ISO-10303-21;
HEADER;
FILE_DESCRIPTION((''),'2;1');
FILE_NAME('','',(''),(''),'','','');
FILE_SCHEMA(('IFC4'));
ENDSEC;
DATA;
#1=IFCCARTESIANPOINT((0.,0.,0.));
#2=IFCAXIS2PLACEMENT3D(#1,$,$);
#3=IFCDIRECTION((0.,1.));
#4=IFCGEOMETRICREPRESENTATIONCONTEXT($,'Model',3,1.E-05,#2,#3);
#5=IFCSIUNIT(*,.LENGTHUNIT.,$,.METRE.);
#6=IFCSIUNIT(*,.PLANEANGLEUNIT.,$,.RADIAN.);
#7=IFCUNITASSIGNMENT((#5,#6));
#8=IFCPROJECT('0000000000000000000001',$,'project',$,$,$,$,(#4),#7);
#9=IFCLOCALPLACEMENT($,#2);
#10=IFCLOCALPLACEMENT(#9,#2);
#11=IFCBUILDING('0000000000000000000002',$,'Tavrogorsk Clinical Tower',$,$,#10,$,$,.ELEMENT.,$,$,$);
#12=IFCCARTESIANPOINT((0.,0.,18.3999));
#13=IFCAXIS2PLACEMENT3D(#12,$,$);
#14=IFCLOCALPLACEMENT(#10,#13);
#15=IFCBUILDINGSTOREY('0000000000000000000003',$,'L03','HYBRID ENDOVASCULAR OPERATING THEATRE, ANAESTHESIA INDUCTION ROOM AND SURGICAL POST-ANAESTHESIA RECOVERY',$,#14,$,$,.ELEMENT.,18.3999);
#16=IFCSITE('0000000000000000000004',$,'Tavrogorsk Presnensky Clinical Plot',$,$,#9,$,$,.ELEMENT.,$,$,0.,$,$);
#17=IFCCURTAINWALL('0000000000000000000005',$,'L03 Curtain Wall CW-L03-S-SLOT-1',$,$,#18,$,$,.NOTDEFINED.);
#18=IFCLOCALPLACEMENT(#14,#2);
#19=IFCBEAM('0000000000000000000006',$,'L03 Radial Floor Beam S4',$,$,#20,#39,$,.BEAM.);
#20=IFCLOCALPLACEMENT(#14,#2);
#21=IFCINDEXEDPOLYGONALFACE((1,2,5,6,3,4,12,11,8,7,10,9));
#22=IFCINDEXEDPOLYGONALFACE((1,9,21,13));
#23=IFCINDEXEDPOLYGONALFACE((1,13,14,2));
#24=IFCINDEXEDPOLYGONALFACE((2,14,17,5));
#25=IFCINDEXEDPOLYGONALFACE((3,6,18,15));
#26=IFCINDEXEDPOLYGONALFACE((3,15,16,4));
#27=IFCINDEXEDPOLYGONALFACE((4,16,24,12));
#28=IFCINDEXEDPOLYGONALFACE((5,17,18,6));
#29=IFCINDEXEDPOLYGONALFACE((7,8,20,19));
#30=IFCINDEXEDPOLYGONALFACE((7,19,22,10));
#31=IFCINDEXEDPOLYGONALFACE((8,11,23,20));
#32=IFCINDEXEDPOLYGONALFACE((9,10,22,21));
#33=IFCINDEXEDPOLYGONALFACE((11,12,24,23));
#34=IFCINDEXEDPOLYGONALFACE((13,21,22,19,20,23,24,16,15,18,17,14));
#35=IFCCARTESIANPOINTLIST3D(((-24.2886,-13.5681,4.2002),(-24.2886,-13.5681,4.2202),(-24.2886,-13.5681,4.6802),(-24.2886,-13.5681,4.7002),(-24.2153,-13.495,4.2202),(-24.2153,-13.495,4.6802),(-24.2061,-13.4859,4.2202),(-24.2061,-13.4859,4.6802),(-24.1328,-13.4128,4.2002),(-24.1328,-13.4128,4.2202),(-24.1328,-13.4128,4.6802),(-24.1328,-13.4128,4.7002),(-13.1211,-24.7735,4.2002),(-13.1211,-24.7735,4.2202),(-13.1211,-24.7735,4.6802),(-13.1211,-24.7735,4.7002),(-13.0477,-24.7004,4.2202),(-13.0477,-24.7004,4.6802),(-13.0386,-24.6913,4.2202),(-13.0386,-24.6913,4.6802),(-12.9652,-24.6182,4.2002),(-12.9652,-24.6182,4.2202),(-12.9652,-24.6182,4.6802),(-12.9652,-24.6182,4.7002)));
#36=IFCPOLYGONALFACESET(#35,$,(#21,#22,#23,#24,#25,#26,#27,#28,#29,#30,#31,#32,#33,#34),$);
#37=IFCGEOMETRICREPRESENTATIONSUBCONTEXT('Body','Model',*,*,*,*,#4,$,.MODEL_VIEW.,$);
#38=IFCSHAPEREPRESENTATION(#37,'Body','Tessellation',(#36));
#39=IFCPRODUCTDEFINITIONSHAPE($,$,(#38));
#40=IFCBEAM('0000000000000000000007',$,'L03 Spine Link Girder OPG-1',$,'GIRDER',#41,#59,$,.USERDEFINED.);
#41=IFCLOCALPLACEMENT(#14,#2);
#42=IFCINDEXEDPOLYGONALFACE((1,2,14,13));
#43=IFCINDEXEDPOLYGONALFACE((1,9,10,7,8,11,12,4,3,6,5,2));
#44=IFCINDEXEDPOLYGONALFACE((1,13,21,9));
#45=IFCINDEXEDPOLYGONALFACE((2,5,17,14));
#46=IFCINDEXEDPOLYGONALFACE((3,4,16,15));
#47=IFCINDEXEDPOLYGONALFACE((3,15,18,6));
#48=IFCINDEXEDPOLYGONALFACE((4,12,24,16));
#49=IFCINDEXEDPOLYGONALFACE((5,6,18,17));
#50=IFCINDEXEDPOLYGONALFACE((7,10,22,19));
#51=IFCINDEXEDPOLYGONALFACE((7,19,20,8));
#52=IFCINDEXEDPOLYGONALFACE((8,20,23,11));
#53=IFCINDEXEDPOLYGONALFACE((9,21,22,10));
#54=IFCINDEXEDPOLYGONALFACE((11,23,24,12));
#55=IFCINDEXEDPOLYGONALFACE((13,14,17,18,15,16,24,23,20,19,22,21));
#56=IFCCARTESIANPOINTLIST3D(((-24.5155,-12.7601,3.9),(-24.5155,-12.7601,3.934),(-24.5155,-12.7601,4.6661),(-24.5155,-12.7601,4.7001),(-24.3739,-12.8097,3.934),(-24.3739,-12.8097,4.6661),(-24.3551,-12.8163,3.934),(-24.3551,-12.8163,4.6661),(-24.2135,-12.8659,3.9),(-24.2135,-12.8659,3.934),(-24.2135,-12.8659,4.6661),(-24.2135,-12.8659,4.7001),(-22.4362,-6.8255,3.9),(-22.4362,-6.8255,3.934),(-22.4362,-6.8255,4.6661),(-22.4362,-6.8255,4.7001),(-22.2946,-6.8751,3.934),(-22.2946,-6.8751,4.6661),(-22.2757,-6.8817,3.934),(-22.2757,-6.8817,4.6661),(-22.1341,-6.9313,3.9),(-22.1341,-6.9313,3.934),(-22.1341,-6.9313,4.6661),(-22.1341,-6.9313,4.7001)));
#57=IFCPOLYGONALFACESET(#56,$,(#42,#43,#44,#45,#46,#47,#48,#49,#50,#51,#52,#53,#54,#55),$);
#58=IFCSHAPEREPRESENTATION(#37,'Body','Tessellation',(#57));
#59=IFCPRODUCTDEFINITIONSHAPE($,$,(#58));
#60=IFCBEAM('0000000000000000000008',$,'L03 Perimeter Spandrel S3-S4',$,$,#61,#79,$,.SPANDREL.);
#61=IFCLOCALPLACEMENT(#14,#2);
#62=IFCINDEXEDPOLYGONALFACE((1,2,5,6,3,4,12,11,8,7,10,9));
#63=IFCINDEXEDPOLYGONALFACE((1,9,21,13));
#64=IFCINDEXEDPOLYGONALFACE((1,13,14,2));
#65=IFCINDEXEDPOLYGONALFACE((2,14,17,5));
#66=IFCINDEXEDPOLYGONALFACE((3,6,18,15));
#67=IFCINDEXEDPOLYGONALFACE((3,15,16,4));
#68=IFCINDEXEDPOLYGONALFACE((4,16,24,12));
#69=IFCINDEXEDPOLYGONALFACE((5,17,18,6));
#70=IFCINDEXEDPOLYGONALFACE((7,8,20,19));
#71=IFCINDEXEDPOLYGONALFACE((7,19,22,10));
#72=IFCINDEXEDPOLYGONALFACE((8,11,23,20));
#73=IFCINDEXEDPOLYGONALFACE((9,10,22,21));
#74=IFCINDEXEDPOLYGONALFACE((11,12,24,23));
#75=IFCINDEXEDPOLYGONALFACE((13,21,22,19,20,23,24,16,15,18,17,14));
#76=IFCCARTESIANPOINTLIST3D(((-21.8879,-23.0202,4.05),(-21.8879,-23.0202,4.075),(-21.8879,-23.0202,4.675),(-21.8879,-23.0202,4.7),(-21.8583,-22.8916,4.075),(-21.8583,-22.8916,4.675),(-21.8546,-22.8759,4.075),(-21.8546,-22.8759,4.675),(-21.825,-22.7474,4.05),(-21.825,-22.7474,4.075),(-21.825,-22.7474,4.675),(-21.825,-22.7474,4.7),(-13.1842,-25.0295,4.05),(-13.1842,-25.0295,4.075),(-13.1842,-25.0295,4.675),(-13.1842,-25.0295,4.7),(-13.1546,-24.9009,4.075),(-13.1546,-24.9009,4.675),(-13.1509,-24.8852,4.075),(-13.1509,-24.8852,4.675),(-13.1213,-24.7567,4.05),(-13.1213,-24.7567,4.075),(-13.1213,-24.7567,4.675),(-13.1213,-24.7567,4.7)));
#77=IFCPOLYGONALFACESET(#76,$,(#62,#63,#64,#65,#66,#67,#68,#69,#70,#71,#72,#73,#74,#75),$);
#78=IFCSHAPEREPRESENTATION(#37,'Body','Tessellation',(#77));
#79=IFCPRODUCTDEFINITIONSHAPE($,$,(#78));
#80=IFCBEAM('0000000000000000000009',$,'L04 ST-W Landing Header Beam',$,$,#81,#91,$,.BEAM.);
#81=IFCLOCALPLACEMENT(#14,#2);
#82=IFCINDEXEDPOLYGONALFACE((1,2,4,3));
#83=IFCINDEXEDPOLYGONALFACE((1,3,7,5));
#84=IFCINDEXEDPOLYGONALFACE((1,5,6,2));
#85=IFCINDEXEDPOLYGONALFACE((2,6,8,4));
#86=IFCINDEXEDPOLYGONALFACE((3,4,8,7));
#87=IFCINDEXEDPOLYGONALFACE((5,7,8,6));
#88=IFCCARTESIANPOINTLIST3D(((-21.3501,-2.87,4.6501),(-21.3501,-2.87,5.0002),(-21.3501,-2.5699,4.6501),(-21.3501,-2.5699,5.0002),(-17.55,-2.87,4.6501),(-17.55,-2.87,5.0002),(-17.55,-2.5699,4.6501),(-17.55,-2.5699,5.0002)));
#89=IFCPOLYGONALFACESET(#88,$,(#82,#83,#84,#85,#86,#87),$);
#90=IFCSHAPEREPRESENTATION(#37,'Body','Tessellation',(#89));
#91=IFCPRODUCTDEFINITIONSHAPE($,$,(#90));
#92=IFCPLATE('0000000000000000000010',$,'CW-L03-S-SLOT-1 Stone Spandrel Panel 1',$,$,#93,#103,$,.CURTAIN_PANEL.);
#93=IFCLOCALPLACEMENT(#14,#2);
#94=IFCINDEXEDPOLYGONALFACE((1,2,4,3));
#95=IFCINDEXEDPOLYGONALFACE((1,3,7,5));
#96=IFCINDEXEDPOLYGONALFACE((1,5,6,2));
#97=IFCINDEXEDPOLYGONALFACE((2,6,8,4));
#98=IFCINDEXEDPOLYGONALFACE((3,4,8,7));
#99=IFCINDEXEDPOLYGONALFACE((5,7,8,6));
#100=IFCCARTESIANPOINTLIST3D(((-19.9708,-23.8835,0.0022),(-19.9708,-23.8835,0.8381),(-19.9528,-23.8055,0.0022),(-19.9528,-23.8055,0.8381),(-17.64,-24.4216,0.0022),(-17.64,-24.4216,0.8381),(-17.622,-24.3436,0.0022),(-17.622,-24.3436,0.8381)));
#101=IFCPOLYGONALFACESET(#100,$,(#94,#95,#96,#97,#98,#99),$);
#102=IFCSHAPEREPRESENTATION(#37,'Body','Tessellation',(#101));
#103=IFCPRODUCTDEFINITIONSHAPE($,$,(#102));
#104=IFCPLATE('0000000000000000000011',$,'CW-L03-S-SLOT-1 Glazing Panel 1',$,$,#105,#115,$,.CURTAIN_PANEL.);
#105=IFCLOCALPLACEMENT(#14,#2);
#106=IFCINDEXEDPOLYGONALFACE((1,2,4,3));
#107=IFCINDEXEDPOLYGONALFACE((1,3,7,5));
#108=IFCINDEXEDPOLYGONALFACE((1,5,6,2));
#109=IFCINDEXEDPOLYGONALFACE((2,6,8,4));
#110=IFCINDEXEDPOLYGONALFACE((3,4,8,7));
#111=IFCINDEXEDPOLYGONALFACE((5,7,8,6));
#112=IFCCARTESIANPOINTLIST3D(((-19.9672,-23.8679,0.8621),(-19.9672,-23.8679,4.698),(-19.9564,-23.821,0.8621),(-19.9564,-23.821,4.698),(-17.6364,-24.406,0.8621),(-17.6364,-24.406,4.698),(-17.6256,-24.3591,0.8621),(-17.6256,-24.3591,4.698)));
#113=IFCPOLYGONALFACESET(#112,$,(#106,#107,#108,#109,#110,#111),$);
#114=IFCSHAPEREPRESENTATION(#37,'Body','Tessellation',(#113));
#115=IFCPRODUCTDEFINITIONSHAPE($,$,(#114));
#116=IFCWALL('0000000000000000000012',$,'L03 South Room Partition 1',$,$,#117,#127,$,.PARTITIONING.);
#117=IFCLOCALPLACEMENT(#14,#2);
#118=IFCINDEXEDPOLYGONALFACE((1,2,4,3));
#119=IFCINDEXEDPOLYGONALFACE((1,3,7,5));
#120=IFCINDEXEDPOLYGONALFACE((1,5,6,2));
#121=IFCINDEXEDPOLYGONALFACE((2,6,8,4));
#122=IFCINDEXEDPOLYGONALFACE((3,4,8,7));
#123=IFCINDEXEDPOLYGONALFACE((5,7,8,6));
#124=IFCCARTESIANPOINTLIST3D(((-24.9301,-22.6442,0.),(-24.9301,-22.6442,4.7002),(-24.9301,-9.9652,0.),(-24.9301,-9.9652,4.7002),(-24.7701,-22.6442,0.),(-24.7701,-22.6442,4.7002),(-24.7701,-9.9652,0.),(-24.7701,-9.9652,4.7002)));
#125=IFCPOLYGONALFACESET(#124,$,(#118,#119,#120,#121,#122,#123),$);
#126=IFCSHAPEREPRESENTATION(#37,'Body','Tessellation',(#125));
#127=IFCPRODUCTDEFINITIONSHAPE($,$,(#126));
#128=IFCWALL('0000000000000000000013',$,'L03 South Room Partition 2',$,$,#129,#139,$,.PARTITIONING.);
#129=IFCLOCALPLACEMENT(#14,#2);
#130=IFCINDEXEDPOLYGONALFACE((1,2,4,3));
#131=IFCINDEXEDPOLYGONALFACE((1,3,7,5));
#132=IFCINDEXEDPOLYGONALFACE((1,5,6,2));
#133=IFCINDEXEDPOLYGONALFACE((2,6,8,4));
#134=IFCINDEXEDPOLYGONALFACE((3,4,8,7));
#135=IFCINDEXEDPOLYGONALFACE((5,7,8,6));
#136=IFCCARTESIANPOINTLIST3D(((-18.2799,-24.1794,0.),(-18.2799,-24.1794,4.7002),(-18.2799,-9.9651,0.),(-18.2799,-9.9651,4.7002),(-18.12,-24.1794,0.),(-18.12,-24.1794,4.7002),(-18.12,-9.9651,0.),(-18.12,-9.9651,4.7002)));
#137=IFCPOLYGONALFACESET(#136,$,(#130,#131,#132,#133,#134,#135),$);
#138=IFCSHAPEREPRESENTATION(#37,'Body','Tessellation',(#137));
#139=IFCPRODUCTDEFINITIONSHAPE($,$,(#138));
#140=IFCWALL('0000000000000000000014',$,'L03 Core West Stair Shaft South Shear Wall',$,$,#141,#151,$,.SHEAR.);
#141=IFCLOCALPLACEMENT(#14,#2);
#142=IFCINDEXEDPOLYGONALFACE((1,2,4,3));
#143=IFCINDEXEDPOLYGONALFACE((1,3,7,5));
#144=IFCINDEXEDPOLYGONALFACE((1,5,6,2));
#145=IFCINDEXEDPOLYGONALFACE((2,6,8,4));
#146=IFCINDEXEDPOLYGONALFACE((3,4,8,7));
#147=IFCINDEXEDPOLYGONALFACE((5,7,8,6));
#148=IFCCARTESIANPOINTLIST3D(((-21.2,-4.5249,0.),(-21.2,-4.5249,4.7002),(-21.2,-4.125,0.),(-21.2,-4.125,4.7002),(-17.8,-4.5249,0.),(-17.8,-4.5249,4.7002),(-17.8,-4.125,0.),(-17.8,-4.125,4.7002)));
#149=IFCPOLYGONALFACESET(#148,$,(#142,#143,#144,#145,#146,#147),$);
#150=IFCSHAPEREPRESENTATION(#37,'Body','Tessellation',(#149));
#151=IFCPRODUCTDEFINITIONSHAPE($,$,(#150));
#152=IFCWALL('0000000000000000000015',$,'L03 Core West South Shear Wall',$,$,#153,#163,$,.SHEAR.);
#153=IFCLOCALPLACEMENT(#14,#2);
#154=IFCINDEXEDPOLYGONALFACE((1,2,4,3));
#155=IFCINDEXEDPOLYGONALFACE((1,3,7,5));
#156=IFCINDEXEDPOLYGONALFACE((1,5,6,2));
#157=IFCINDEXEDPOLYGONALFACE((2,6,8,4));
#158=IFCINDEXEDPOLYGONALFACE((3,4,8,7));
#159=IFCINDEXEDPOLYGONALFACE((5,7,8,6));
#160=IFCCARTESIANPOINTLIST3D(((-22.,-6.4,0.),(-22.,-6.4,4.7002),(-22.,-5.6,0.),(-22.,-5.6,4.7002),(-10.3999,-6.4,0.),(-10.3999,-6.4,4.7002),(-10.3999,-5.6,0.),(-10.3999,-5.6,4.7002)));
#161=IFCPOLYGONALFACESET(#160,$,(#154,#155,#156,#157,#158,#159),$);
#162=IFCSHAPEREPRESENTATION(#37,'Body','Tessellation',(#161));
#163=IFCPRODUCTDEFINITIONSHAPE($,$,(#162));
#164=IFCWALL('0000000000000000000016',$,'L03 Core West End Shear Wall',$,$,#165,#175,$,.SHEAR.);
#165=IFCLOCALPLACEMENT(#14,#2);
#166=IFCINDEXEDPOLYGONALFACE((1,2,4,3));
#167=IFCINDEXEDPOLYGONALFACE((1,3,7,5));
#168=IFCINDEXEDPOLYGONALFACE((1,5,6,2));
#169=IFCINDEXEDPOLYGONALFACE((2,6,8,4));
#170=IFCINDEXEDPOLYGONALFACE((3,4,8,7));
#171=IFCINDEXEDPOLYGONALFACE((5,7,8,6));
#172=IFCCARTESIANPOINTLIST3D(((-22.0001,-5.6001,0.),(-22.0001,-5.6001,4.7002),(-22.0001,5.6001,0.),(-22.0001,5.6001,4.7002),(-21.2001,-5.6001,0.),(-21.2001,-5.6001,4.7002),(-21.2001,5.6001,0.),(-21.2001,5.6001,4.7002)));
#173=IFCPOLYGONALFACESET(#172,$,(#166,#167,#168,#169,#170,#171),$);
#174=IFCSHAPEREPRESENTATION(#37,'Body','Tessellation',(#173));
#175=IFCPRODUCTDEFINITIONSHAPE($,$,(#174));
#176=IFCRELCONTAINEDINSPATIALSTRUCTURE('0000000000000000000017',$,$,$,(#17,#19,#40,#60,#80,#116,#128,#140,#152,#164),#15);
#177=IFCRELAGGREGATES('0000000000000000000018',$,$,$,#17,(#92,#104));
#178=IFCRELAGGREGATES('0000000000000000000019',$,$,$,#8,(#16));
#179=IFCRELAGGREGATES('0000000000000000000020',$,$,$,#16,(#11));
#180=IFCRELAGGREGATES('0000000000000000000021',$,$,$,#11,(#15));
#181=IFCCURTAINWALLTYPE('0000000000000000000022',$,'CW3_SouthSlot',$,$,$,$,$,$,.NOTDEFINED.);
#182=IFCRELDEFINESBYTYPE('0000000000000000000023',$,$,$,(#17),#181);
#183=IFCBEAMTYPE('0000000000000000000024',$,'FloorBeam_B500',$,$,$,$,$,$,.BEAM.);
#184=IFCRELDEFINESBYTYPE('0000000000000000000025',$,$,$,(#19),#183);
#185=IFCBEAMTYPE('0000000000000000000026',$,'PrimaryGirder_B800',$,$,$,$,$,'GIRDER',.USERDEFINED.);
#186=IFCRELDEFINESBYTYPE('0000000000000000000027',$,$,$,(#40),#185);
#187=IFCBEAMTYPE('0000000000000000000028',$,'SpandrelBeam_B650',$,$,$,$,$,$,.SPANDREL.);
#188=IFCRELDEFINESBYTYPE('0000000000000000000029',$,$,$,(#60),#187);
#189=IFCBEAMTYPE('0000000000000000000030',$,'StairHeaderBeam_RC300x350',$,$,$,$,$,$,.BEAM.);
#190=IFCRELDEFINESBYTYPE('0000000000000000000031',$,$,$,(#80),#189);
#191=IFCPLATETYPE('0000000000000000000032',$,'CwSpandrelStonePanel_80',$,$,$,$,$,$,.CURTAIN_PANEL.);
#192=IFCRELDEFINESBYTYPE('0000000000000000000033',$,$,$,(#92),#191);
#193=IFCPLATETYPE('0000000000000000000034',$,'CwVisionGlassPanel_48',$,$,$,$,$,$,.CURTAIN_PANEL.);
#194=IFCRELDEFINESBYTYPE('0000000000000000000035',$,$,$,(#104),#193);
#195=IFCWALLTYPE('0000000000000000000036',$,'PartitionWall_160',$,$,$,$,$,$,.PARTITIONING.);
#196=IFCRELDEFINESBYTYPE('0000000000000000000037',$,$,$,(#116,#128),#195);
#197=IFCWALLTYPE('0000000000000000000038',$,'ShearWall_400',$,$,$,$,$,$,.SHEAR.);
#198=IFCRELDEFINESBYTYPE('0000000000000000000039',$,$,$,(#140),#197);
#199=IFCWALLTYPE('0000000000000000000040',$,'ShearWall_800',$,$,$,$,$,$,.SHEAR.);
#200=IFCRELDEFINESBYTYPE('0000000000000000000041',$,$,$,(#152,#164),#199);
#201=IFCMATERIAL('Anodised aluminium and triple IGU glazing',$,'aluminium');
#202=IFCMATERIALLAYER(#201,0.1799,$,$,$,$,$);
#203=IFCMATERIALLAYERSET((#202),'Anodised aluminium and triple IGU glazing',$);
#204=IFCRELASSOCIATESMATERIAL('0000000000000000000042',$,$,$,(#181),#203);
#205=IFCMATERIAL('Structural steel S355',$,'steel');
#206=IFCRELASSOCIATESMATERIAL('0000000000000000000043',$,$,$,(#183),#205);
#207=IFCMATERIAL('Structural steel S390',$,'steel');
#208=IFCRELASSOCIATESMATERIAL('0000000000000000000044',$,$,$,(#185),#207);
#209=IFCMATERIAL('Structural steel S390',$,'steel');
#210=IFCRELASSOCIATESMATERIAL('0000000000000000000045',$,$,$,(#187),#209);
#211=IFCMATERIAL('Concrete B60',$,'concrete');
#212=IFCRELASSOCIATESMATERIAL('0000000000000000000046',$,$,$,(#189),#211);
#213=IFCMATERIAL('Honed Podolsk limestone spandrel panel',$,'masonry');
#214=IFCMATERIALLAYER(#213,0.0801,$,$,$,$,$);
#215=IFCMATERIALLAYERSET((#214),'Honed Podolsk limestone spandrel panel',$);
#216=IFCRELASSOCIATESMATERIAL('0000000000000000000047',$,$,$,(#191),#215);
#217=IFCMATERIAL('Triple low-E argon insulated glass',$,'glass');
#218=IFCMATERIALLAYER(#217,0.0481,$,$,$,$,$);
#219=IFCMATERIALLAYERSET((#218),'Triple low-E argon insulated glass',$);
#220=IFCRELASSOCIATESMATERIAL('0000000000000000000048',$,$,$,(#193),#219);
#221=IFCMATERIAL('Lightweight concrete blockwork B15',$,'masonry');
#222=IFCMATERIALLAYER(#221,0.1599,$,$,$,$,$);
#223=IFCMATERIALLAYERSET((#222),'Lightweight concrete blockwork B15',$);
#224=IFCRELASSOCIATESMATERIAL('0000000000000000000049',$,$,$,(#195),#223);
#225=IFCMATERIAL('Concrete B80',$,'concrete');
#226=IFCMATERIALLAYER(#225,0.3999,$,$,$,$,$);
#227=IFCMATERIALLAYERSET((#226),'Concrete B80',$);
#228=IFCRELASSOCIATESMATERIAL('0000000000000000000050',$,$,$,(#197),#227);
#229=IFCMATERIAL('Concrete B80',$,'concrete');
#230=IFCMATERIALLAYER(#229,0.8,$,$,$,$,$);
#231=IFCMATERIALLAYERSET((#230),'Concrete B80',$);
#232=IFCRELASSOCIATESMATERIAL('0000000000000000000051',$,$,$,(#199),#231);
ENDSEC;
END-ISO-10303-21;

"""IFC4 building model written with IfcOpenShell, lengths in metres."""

from ifc_helpers import new_model, si_unit, direction, frame, frame_2d, origin, origin_2d, place, context, subcontext, project, spatial, rectangle, i_section, extrude, material, layer, layer_set, material_profile, profile_set, type_object, element, aggregate, save


model = new_model("IFC4")

# Units and contexts
model_context = context("Model", 3, precision=1e-05, world=origin(), true_north=direction((0.0, 1.0)))
body_context = subcontext(model_context, "Body", "Model", "MODEL_VIEW")
ifc_project = project(units=[si_unit("LENGTHUNIT", "METRE"), si_unit("PLANEANGLEUNIT", "RADIAN")], contexts=[model_context])

# Site, building, storey
site_placement = place(None, origin())
site = spatial("IfcSite", under=ifc_project, at=site_placement, Name="Tavrogorsk Presnensky Clinical Plot", CompositionType="ELEMENT", RefElevation=0.0)
building_placement = place(site_placement, origin())
building = spatial("IfcBuilding", under=site, at=building_placement, Name="Tavrogorsk Clinical Tower", CompositionType="ELEMENT")
storey_placement = place(building_placement, frame((0.0, 0.0, 18.3999)))
storey = spatial("IfcBuildingStorey", under=building, at=storey_placement, Name="L03", Description="HYBRID ENDOVASCULAR OPERATING THEATRE, ANAESTHESIA INDUCTION ROOM AND SURGICAL POST-ANAESTHESIA RECOVERY", CompositionType="ELEMENT", Elevation=18.3999)

# Curtain wall
ifc_material_1 = material(Name="Anodised aluminium and triple IGU glazing", Category="aluminium")
ifc_layer_1 = layer(ifc_material_1, 0.1799)
ifc_layer_set_1 = layer_set([ifc_layer_1], Name="Anodised aluminium and triple IGU glazing")
curtain_wall_type = type_object("IfcCurtainWallType", Name="CW3_SouthSlot", PredefinedType="NOTDEFINED", material=ifc_layer_set_1)
curtain_wall_placement = place(storey_placement, origin())
curtain_wall = element("IfcCurtainWall", 1, at=curtain_wall_placement, inside=storey, type_object=curtain_wall_type, Name="L03 Curtain Wall CW-L03-S-SLOT-1", PredefinedType="NOTDEFINED")

# Beams
ifc_material_2 = material(Name="Structural steel S355", Category="steel")
ifc_material_profile_1 = material_profile(ifc_material_2, i_section(OverallWidth=0.22, OverallDepth=0.5, WebThickness=0.0129, FlangeThickness=0.02, at=origin_2d()), Name="B-500x220x13x20")
ifc_profile_set_1 = profile_set([ifc_material_profile_1], Name="Structural steel S355")
beam_type_1 = type_object("IfcBeamType", Name="FloorBeam_B500", PredefinedType="BEAM", material=ifc_profile_set_1)
beam_1_placement = place(storey_placement, frame((-24.2107, -13.4905, 4.4502), z_axis=(0.70591, -0.708302, 0.0), x_axis=(0.708302, 0.70591, 0.0)))
element("IfcBeam", 2, at=beam_1_placement, inside=storey, type_object=beam_type_1, Name="L03 Radial Floor Beam S4", PredefinedType="BEAM", context=body_context, shape_type="SweptSolid", body=[
    extrude(i_section(OverallWidth=0.22, OverallDepth=0.5, WebThickness=0.0129, FlangeThickness=0.02, at=origin_2d()), origin(), (0.0, 0.0, 1.0), 15.8201),
])
ifc_material_3 = material(Name="Structural steel S390", Category="steel")
ifc_material_profile_2 = material_profile(ifc_material_3, i_section(OverallWidth=0.3201, OverallDepth=0.8, WebThickness=0.02, FlangeThickness=0.0339, at=origin_2d()), Name="B-800x320x20x34")
ifc_profile_set_2 = profile_set([ifc_material_profile_2], Name="Structural steel S390")
beam_type_2 = type_object("IfcBeamType", Name="PrimaryGirder_B800", ElementType="GIRDER", PredefinedType="USERDEFINED", material=ifc_profile_set_2)
beam_2_placement = place(storey_placement, frame((-24.3645, -12.813, 4.3), z_axis=(0.330669, 0.943747, 0.0), x_axis=(-0.943747, 0.330669, 0.0)))
element("IfcBeam", 3, at=beam_2_placement, inside=storey, type_object=beam_type_2, Name="L03 Spine Link Girder OPG-1", ObjectType="GIRDER", PredefinedType="USERDEFINED", context=body_context, shape_type="SweptSolid", body=[
    extrude(i_section(OverallWidth=0.3201, OverallDepth=0.8, WebThickness=0.02, FlangeThickness=0.0339, at=origin_2d()), origin(), (0.0, 0.0, 1.0), 6.2883),
])
ifc_material_4 = material(Name="Structural steel S390", Category="steel")
ifc_material_profile_3 = material_profile(ifc_material_4, i_section(OverallWidth=0.28, OverallDepth=0.6499, WebThickness=0.0161, FlangeThickness=0.0249, at=origin_2d()), Name="B-650x280x16x25")
ifc_profile_set_3 = profile_set([ifc_material_profile_3], Name="Structural steel S390")
beam_type_3 = type_object("IfcBeamType", Name="SpandrelBeam_B650", PredefinedType="SPANDREL", material=ifc_profile_set_3)
beam_3_placement = place(storey_placement, frame((-21.8564, -22.8838, 4.375), z_axis=(0.974373, -0.224939, 0.0), x_axis=(0.224939, 0.974373, 0.0)))
element("IfcBeam", 4, at=beam_3_placement, inside=storey, type_object=beam_type_3, Name="L03 Perimeter Spandrel S3-S4", PredefinedType="SPANDREL", context=body_context, shape_type="SweptSolid", body=[
    extrude(i_section(OverallWidth=0.28, OverallDepth=0.6499, WebThickness=0.0161, FlangeThickness=0.0249, at=origin_2d()), origin(), (0.0, 0.0, 1.0), 8.9326),
])
ifc_material_5 = material(Name="Concrete B60", Category="concrete")
ifc_material_profile_4 = material_profile(ifc_material_5, rectangle(XDim=0.3, YDim=0.3501, at=origin_2d()), Name="RC-SHB-300x350")
ifc_profile_set_4 = profile_set([ifc_material_profile_4], Name="Concrete B60")
beam_type_4 = type_object("IfcBeamType", Name="StairHeaderBeam_RC300x350", PredefinedType="BEAM", material=ifc_profile_set_4)
beam_4_placement = place(storey_placement, frame((-21.3501, -2.72, 4.8252), z_axis=(1.0, 0.0, 0.0), x_axis=(0.0, 1.0, 0.0)))
element("IfcBeam", 5, at=beam_4_placement, inside=storey, type_object=beam_type_4, Name="L04 ST-W Landing Header Beam", PredefinedType="BEAM", context=body_context, shape_type="SweptSolid", body=[
    extrude(rectangle(XDim=0.3, YDim=0.3501, at=origin_2d()), origin(), (0.0, 0.0, 1.0), 3.8),
])

# Plates
ifc_material_6 = material(Name="Honed Podolsk limestone spandrel panel", Category="masonry")
ifc_layer_2 = layer(ifc_material_6, 0.0801)
ifc_layer_set_2 = layer_set([ifc_layer_2], Name="Honed Podolsk limestone spandrel panel")
plate_type_1 = type_object("IfcPlateType", Name="CwSpandrelStonePanel_80", PredefinedType="CURTAIN_PANEL", material=ifc_layer_set_2)
plate_1_placement = place(storey_placement, frame((-18.7964, -24.1135, 0.0022), z_axis=(0.0, 0.0, 1.0), x_axis=(0.97437, -0.224951, 0.0)))
plate_1 = element("IfcPlate", 6, at=plate_1_placement, type_object=plate_type_1, Name="CW-L03-S-SLOT-1 Stone Spandrel Panel 1", PredefinedType="CURTAIN_PANEL", context=body_context, shape_type="SweptSolid", body=[
    extrude(rectangle(XDim=2.3921, YDim=0.0801, at=origin_2d()), origin(), (0.0, 0.0, 1.0), 0.8359),
])
ifc_material_7 = material(Name="Triple low-E argon insulated glass", Category="glass")
ifc_layer_3 = layer(ifc_material_7, 0.0481)
ifc_layer_set_3 = layer_set([ifc_layer_3], Name="Triple low-E argon insulated glass")
plate_type_2 = type_object("IfcPlateType", Name="CwVisionGlassPanel_48", PredefinedType="CURTAIN_PANEL", material=ifc_layer_set_3)
plate_2_placement = place(storey_placement, frame((-18.7964, -24.1135, 0.8621), z_axis=(0.0, 0.0, 1.0), x_axis=(0.97437, -0.224951, 0.0)))
plate_2 = element("IfcPlate", 7, at=plate_2_placement, type_object=plate_type_2, Name="CW-L03-S-SLOT-1 Glazing Panel 1", PredefinedType="CURTAIN_PANEL", context=body_context, shape_type="SweptSolid", body=[
    extrude(rectangle(XDim=2.3921, YDim=0.0481, at=origin_2d()), origin(), (0.0, 0.0, 1.0), 3.8359),
])
aggregate(curtain_wall, [plate_1, plate_2])

# Walls
ifc_material_8 = material(Name="Lightweight concrete blockwork B15", Category="masonry")
ifc_layer_4 = layer(ifc_material_8, 0.1599)
ifc_layer_set_4 = layer_set([ifc_layer_4], Name="Lightweight concrete blockwork B15")
wall_type_1 = type_object("IfcWallType", Name="PartitionWall_160", PredefinedType="PARTITIONING", material=ifc_layer_set_4)
wall_1_placement = place(storey_placement, frame((-24.8501, -22.644, 0.0), z_axis=(0.0, 0.0, 1.0), x_axis=(0.0, 1.0, 0.0)))
element("IfcWall", 8, at=wall_1_placement, inside=storey, type_object=wall_type_1, Name="L03 South Room Partition 1", PredefinedType="PARTITIONING", context=body_context, shape_type="SweptSolid", body=[
    extrude(rectangle(XDim=12.679, YDim=0.1599, at=frame_2d((6.3394, 0.0))), origin(), (0.0, 0.0, 1.0), 4.7002),
])
wall_2_placement = place(storey_placement, frame((-18.2, -24.1794, 0.0), z_axis=(0.0, 0.0, 1.0), x_axis=(0.0, 1.0, 0.0)))
element("IfcWall", 9, at=wall_2_placement, inside=storey, type_object=wall_type_1, Name="L03 South Room Partition 2", PredefinedType="PARTITIONING", context=body_context, shape_type="SweptSolid", body=[
    extrude(rectangle(XDim=14.2144, YDim=0.1599, at=frame_2d((7.1072, 0.0))), origin(), (0.0, 0.0, 1.0), 4.7002),
])
ifc_material_9 = material(Name="Concrete B80", Category="concrete")
ifc_layer_5 = layer(ifc_material_9, 0.3999)
ifc_layer_set_5 = layer_set([ifc_layer_5], Name="Concrete B80")
wall_type_2 = type_object("IfcWallType", Name="ShearWall_400", PredefinedType="SHEAR", material=ifc_layer_set_5)
wall_3_placement = place(storey_placement, frame((-21.2, -4.325, 0.0), z_axis=(0.0, 0.0, 1.0), x_axis=(1.0, 0.0, 0.0)))
element("IfcWall", 10, at=wall_3_placement, inside=storey, type_object=wall_type_2, Name="L03 Core West Stair Shaft South Shear Wall", PredefinedType="SHEAR", context=body_context, shape_type="SweptSolid", body=[
    extrude(rectangle(XDim=3.3999, YDim=0.3999, at=frame_2d((1.7, 0.0))), origin(), (0.0, 0.0, 1.0), 4.7002),
])
ifc_material_10 = material(Name="Concrete B80", Category="concrete")
ifc_layer_6 = layer(ifc_material_10, 0.8)
ifc_layer_set_6 = layer_set([ifc_layer_6], Name="Concrete B80")
wall_type_3 = type_object("IfcWallType", Name="ShearWall_800", PredefinedType="SHEAR", material=ifc_layer_set_6)
wall_4_placement = place(storey_placement, frame((-22.0, -6.0, 0.0), z_axis=(0.0, 0.0, 1.0), x_axis=(1.0, 0.0, 0.0)))
element("IfcWall", 11, at=wall_4_placement, inside=storey, type_object=wall_type_3, Name="L03 Core West South Shear Wall", PredefinedType="SHEAR", context=body_context, shape_type="SweptSolid", body=[
    extrude(rectangle(XDim=11.6001, YDim=0.8, at=frame_2d((5.8, 0.0))), origin(), (0.0, 0.0, 1.0), 4.7002),
])
wall_5_placement = place(storey_placement, frame((-21.6001, -5.6001, 0.0), z_axis=(0.0, 0.0, 1.0), x_axis=(0.0, 1.0, 0.0)))
element("IfcWall", 12, at=wall_5_placement, inside=storey, type_object=wall_type_3, Name="L03 Core West End Shear Wall", PredefinedType="SHEAR", context=body_context, shape_type="SweptSolid", body=[
    extrude(rectangle(XDim=11.2002, YDim=0.8, at=frame_2d((5.6001, 0.0))), origin(), (0.0, 0.0, 1.0), 4.7002),
])

save(model, "model.ifc")
